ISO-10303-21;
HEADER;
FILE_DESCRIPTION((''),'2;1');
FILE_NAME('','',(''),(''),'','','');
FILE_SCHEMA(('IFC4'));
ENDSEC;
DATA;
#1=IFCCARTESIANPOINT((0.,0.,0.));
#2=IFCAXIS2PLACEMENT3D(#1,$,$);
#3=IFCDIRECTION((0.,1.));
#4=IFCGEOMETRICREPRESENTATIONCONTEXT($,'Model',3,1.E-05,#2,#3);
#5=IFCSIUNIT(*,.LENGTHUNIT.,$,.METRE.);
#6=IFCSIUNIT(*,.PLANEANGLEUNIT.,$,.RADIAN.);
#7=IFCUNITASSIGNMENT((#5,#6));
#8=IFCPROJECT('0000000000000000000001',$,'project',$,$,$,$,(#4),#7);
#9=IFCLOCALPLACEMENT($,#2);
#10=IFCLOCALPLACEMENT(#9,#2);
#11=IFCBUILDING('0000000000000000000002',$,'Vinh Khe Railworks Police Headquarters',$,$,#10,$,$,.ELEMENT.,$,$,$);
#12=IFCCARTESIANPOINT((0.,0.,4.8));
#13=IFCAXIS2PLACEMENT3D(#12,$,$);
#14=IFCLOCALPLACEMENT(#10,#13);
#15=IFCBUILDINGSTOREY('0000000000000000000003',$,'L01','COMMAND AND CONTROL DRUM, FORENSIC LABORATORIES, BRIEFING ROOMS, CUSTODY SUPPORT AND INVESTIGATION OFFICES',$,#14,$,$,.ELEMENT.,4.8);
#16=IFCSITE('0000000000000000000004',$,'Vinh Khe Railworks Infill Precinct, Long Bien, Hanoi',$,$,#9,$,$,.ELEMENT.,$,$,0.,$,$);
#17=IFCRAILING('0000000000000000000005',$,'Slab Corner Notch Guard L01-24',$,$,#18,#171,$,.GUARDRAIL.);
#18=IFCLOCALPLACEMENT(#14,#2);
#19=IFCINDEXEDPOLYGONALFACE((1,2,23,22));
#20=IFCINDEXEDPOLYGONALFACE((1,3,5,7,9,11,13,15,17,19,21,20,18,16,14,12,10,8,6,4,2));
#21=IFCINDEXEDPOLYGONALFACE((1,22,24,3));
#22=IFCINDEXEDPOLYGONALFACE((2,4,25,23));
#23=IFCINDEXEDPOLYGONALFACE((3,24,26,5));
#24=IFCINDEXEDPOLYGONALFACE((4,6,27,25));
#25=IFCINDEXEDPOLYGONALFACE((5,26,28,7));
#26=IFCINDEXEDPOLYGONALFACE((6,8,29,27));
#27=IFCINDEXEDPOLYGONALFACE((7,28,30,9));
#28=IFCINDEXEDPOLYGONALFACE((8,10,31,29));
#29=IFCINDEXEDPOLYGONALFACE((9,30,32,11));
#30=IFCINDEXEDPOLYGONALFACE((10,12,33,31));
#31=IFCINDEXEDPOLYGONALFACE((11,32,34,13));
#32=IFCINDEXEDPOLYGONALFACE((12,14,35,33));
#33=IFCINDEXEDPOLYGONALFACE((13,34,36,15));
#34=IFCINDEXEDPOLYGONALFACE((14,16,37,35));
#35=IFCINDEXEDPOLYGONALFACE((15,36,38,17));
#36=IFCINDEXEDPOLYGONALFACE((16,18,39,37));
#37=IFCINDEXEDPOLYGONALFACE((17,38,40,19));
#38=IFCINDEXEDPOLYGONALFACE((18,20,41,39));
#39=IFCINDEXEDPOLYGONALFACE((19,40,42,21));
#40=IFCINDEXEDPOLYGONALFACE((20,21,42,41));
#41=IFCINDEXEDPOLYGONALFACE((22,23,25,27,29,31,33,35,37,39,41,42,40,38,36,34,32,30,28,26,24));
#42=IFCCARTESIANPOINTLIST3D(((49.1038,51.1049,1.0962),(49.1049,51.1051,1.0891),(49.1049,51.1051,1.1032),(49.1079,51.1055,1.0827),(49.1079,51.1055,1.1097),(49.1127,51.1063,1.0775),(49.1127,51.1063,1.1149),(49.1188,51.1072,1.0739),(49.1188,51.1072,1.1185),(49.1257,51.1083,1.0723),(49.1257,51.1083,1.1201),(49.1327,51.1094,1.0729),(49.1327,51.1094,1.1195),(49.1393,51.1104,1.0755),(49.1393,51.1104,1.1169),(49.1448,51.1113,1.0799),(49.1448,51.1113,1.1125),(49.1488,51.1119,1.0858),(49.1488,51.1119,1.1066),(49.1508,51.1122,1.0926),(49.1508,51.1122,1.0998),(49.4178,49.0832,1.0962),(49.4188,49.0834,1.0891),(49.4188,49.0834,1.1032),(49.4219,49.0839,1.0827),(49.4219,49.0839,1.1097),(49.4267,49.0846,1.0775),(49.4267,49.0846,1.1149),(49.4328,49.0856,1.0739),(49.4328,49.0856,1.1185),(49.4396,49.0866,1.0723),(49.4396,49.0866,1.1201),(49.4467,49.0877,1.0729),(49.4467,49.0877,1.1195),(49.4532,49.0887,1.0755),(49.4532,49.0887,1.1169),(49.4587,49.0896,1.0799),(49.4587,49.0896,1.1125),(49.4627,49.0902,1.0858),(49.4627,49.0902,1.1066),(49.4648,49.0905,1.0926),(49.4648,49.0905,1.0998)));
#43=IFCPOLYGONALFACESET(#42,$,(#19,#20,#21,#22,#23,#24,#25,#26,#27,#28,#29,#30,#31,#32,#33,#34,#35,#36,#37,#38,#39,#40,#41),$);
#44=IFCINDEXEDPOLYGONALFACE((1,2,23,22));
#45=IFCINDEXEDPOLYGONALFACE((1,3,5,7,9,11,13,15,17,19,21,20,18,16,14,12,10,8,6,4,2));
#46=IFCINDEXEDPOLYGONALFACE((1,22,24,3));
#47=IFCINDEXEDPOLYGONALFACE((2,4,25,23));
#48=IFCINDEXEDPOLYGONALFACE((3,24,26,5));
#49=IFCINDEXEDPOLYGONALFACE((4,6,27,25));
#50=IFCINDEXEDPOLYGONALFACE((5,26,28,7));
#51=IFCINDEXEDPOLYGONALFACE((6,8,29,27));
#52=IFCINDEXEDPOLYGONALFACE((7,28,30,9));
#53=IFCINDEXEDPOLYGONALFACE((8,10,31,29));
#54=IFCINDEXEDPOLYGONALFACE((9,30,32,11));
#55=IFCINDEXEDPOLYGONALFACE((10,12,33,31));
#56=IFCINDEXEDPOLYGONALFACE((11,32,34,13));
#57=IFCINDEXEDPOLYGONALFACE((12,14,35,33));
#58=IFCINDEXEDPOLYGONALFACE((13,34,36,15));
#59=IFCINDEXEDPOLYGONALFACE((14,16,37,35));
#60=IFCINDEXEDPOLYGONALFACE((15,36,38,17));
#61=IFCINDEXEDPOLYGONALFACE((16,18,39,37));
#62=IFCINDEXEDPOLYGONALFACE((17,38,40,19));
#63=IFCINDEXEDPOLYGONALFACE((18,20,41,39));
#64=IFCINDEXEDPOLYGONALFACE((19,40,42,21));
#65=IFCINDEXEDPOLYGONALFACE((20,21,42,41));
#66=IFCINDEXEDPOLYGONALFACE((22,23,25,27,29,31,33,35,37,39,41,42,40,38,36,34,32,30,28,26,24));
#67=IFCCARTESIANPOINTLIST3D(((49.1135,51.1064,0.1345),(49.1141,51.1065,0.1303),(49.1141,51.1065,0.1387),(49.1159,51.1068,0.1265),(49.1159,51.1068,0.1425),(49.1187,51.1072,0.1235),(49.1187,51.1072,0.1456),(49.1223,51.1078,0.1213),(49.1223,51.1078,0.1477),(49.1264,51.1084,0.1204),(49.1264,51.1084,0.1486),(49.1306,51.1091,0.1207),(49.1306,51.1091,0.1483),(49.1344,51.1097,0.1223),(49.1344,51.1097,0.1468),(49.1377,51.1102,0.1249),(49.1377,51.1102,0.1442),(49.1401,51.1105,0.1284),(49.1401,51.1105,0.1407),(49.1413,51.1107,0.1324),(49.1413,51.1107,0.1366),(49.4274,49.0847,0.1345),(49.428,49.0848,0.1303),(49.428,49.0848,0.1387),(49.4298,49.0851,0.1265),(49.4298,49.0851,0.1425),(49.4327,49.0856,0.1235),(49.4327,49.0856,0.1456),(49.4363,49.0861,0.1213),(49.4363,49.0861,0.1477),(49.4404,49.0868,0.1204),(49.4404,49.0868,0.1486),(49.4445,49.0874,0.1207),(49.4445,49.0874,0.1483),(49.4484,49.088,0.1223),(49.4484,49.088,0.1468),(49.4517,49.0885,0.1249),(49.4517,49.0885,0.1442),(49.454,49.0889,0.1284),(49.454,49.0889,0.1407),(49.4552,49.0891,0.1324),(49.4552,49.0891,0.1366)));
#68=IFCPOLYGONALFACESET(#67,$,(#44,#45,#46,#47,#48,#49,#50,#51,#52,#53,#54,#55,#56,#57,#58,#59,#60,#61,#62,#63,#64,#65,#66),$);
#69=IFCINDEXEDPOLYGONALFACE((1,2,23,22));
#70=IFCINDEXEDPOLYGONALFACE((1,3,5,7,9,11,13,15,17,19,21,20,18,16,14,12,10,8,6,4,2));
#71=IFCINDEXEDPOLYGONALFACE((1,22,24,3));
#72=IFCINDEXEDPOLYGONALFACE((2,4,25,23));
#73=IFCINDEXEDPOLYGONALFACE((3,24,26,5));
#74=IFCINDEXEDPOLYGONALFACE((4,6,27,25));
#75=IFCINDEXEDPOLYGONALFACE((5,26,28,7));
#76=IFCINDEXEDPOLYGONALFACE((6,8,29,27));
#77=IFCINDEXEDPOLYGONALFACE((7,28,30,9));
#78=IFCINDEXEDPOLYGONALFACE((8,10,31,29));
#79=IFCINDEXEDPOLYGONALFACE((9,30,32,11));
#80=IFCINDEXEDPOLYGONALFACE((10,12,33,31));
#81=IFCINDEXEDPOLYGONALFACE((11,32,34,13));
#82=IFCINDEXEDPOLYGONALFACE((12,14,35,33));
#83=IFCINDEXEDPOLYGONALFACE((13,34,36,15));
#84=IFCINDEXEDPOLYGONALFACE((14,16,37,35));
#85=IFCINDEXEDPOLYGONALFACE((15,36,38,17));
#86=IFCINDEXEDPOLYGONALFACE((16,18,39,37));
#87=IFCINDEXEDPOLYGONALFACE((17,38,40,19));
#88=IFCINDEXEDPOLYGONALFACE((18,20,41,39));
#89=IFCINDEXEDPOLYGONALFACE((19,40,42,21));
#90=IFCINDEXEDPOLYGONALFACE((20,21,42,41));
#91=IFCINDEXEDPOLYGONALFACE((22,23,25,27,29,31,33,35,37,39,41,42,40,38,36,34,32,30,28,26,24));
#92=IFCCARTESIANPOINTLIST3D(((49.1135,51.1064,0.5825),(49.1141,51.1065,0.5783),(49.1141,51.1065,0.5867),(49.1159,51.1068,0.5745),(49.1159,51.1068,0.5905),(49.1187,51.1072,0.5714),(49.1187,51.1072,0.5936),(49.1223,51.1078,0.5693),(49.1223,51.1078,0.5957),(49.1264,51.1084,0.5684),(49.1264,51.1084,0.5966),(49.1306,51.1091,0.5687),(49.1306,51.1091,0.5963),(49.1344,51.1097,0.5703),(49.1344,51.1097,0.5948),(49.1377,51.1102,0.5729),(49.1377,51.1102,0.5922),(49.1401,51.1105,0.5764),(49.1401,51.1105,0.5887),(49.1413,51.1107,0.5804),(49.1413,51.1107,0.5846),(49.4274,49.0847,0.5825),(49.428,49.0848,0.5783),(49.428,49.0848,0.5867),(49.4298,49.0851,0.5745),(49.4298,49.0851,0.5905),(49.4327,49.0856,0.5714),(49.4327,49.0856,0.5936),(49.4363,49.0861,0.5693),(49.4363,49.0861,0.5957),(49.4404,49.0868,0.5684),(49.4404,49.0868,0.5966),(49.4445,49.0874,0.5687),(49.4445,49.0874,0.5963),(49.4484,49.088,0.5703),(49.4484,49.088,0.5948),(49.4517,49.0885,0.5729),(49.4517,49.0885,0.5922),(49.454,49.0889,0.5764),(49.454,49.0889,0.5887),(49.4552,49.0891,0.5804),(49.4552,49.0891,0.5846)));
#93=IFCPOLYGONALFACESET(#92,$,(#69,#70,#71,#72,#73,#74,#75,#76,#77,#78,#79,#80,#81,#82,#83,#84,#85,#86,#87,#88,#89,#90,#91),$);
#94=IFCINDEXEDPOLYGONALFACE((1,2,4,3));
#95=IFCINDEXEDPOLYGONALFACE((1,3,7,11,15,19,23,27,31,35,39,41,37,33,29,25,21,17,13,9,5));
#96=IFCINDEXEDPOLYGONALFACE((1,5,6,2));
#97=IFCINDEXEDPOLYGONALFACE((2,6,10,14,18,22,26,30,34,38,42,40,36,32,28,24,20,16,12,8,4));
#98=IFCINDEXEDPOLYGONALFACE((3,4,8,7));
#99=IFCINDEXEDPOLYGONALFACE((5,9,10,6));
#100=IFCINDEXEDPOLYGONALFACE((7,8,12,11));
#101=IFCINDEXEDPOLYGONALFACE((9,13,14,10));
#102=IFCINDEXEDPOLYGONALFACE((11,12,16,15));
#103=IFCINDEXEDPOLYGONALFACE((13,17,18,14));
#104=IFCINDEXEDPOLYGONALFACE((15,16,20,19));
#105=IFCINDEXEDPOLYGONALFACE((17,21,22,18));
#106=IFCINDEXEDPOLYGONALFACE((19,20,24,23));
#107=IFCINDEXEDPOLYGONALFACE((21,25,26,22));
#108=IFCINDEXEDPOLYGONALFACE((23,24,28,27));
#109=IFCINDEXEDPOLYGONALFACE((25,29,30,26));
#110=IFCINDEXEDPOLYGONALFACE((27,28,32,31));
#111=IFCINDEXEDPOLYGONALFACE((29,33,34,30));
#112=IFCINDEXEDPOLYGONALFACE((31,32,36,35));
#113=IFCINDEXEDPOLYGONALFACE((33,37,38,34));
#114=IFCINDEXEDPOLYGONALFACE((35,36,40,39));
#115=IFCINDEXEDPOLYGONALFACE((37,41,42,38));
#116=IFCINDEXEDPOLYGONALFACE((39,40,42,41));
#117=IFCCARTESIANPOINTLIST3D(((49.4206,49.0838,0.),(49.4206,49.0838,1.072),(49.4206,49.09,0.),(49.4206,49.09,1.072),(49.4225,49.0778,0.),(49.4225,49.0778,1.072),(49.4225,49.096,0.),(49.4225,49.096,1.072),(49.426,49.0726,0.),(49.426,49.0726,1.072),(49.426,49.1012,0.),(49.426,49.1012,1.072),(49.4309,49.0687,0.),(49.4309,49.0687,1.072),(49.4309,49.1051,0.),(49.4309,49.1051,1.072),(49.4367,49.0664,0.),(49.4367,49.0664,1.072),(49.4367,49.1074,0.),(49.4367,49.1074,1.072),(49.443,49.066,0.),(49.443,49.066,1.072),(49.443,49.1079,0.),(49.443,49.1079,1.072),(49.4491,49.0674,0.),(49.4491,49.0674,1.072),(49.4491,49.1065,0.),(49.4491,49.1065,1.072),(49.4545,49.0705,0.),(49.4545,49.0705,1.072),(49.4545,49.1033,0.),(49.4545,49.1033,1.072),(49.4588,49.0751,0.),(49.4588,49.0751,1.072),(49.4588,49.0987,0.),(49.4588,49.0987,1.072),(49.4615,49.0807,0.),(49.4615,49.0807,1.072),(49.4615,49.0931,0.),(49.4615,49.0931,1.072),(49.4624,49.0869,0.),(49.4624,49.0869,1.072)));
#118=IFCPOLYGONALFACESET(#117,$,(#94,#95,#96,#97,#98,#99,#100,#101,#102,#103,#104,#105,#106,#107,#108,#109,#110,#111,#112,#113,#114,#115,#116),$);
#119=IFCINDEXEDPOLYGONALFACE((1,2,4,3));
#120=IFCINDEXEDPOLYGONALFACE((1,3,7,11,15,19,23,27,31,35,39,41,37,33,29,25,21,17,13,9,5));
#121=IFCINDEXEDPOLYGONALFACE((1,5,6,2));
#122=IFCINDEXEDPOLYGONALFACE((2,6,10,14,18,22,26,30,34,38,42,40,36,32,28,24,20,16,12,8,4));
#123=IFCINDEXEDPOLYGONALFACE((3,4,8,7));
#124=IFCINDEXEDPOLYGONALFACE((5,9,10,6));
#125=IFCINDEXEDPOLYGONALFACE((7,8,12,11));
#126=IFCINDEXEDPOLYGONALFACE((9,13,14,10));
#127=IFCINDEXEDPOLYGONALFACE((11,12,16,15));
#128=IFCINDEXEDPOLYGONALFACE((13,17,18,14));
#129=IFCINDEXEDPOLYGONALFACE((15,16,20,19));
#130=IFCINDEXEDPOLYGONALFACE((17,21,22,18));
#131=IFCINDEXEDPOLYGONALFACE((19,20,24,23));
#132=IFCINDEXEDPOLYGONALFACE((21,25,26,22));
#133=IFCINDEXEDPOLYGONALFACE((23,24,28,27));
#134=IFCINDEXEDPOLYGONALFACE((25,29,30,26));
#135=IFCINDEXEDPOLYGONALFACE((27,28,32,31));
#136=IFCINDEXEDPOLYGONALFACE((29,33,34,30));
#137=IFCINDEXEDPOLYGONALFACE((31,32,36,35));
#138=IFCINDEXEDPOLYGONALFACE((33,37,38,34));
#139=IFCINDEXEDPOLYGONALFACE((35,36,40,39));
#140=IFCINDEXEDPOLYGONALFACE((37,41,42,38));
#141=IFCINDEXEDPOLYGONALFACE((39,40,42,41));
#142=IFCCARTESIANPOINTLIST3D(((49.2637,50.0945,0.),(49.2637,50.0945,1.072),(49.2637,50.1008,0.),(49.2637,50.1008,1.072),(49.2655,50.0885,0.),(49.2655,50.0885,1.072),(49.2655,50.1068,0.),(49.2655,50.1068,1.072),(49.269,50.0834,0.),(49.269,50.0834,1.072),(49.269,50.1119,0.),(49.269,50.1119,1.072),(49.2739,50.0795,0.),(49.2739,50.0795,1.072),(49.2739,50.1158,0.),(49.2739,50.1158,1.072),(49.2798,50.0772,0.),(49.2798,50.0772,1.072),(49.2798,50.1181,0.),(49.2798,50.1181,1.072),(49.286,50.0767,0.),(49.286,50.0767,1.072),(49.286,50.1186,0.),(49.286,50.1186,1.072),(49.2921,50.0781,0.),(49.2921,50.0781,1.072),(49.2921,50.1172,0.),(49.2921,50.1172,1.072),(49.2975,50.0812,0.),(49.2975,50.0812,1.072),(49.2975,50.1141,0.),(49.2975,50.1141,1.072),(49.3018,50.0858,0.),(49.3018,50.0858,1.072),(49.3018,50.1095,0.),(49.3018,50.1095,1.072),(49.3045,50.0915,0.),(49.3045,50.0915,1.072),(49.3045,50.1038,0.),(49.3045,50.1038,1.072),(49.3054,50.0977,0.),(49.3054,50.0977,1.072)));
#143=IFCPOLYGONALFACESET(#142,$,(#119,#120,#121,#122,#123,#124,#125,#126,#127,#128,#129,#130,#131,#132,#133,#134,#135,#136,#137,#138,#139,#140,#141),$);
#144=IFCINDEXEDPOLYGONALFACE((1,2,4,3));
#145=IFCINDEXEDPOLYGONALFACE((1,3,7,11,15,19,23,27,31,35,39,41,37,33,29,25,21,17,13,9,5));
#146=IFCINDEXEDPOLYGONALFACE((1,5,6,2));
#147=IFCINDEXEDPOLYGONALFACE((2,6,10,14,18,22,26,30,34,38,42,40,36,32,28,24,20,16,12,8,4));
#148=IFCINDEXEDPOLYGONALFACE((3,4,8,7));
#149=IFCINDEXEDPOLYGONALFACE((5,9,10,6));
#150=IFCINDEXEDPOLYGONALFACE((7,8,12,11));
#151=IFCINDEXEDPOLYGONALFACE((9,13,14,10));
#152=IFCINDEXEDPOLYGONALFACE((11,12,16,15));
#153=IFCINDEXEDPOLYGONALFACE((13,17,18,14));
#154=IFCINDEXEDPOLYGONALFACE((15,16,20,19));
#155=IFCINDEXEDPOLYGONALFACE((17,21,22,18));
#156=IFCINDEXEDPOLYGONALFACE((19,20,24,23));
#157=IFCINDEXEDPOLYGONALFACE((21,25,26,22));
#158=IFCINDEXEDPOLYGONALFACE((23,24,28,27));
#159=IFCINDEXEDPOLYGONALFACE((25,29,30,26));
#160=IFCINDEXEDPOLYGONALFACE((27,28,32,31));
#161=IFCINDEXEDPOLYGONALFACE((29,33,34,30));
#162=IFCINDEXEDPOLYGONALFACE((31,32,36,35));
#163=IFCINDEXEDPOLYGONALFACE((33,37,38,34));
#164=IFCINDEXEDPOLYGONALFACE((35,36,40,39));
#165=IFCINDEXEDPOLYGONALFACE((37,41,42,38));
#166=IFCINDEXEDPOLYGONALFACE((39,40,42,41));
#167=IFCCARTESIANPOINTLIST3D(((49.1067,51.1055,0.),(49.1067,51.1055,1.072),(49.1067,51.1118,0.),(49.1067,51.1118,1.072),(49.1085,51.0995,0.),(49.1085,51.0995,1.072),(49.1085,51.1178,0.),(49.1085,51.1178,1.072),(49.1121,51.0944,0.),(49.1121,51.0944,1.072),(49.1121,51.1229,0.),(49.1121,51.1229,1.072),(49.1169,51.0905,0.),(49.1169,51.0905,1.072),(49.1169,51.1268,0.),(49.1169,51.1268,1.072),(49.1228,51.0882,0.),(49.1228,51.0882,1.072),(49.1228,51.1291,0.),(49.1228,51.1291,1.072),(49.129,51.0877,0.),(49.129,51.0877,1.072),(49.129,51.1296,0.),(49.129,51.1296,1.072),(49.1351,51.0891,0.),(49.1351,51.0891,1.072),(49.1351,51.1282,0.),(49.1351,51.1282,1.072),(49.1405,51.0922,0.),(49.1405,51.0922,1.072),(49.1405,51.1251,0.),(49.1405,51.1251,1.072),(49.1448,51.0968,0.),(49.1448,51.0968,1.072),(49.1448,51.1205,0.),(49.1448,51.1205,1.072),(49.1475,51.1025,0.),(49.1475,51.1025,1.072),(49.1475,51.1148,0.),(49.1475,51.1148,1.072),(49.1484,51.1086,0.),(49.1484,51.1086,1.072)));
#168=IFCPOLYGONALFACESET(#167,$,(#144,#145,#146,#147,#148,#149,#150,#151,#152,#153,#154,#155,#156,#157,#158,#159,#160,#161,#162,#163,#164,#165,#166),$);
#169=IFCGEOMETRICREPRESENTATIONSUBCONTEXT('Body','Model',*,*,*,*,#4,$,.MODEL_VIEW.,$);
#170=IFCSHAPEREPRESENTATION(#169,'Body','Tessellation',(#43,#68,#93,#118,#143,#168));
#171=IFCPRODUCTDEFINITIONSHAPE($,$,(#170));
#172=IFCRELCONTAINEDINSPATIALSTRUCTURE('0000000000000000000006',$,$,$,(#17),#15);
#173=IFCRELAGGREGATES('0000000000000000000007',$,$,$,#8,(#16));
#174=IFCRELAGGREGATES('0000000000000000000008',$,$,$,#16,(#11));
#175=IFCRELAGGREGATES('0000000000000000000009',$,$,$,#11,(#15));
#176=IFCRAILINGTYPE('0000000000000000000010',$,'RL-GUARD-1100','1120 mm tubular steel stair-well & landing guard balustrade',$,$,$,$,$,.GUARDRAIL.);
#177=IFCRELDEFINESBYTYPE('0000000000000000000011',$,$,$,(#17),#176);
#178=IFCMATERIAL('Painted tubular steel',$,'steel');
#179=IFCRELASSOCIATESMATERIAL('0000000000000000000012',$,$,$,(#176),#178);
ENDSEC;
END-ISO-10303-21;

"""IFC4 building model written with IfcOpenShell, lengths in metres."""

from ifc_helpers import new_model, si_unit, direction, frame, origin, origin_2d, place, context, subcontext, project, spatial, circle, extrude, material, type_object, element, save


model = new_model("IFC4")

# Units and contexts
model_context = context("Model", 3, precision=1e-05, world=origin(), true_north=direction((0.0, 1.0)))
body_context = subcontext(model_context, "Body", "Model", "MODEL_VIEW")
ifc_project = project(units=[si_unit("LENGTHUNIT", "METRE"), si_unit("PLANEANGLEUNIT", "RADIAN")], contexts=[model_context])

# Site, building, storey
site_placement = place(None, origin())
site = spatial("IfcSite", under=ifc_project, at=site_placement, Name="Vinh Khe Railworks Infill Precinct, Long Bien, Hanoi", CompositionType="ELEMENT", RefElevation=0.0)
building_placement = place(site_placement, origin())
building = spatial("IfcBuilding", under=site, at=building_placement, Name="Vinh Khe Railworks Police Headquarters", CompositionType="ELEMENT")
storey_placement = place(building_placement, frame((0.0, 0.0, 4.8)))
storey = spatial("IfcBuildingStorey", under=building, at=storey_placement, Name="L01", Description="COMMAND AND CONTROL DRUM, FORENSIC LABORATORIES, BRIEFING ROOMS, CUSTODY SUPPORT AND INVESTIGATION OFFICES", CompositionType="ELEMENT", Elevation=4.8)

# Railing
ifc_material_1 = material(Name="Painted tubular steel", Category="steel")
railing_type = type_object("IfcRailingType", Name="RL-GUARD-1100", Description="1120 mm tubular steel stair-well & landing guard balustrade", PredefinedType="GUARDRAIL", material=ifc_material_1)
railing_1_placement = place(storey_placement, frame((49.4414, 49.0869, 0.0)))
element("IfcRailing", 1, at=railing_1_placement, inside=storey, type_object=railing_type, Name="Slab Corner Notch Guard L01-24", PredefinedType="GUARDRAIL", context=body_context, shape_type="SweptSolid", body=[
    extrude(circle(Radius=0.0239, at=origin_2d()), frame((0.0, 0.0, 1.0962), z_axis=(-0.153456, 0.988156, 0.0), x_axis=(-0.988156, -0.153456, 0.0)), (0.0, 0.0, 1.0), 2.0459),
    extrude(circle(Radius=0.0142, at=origin_2d()), frame((0.0, 0.0, 0.1345), z_axis=(-0.153456, 0.988156, 0.0), x_axis=(-0.988156, -0.153456, 0.0)), (0.0, 0.0, 1.0), 2.0459),
    extrude(circle(Radius=0.0142, at=origin_2d()), frame((0.0, 0.0, 0.5825), z_axis=(-0.153456, 0.988156, 0.0), x_axis=(-0.988156, -0.153456, 0.0)), (0.0, 0.0, 1.0), 2.0459),
    extrude(circle(Radius=0.021, at=origin_2d()), origin(), (0.0, 0.0, 1.0), 1.072),
    extrude(circle(Radius=0.021, at=origin_2d()), frame((-0.157, 1.0107, 0.0)), (0.0, 0.0, 1.0), 1.072),
    extrude(circle(Radius=0.021, at=origin_2d()), frame((-0.314, 2.0217, 0.0)), (0.0, 0.0, 1.0), 1.072),
])

save(model, "model.ifc")
